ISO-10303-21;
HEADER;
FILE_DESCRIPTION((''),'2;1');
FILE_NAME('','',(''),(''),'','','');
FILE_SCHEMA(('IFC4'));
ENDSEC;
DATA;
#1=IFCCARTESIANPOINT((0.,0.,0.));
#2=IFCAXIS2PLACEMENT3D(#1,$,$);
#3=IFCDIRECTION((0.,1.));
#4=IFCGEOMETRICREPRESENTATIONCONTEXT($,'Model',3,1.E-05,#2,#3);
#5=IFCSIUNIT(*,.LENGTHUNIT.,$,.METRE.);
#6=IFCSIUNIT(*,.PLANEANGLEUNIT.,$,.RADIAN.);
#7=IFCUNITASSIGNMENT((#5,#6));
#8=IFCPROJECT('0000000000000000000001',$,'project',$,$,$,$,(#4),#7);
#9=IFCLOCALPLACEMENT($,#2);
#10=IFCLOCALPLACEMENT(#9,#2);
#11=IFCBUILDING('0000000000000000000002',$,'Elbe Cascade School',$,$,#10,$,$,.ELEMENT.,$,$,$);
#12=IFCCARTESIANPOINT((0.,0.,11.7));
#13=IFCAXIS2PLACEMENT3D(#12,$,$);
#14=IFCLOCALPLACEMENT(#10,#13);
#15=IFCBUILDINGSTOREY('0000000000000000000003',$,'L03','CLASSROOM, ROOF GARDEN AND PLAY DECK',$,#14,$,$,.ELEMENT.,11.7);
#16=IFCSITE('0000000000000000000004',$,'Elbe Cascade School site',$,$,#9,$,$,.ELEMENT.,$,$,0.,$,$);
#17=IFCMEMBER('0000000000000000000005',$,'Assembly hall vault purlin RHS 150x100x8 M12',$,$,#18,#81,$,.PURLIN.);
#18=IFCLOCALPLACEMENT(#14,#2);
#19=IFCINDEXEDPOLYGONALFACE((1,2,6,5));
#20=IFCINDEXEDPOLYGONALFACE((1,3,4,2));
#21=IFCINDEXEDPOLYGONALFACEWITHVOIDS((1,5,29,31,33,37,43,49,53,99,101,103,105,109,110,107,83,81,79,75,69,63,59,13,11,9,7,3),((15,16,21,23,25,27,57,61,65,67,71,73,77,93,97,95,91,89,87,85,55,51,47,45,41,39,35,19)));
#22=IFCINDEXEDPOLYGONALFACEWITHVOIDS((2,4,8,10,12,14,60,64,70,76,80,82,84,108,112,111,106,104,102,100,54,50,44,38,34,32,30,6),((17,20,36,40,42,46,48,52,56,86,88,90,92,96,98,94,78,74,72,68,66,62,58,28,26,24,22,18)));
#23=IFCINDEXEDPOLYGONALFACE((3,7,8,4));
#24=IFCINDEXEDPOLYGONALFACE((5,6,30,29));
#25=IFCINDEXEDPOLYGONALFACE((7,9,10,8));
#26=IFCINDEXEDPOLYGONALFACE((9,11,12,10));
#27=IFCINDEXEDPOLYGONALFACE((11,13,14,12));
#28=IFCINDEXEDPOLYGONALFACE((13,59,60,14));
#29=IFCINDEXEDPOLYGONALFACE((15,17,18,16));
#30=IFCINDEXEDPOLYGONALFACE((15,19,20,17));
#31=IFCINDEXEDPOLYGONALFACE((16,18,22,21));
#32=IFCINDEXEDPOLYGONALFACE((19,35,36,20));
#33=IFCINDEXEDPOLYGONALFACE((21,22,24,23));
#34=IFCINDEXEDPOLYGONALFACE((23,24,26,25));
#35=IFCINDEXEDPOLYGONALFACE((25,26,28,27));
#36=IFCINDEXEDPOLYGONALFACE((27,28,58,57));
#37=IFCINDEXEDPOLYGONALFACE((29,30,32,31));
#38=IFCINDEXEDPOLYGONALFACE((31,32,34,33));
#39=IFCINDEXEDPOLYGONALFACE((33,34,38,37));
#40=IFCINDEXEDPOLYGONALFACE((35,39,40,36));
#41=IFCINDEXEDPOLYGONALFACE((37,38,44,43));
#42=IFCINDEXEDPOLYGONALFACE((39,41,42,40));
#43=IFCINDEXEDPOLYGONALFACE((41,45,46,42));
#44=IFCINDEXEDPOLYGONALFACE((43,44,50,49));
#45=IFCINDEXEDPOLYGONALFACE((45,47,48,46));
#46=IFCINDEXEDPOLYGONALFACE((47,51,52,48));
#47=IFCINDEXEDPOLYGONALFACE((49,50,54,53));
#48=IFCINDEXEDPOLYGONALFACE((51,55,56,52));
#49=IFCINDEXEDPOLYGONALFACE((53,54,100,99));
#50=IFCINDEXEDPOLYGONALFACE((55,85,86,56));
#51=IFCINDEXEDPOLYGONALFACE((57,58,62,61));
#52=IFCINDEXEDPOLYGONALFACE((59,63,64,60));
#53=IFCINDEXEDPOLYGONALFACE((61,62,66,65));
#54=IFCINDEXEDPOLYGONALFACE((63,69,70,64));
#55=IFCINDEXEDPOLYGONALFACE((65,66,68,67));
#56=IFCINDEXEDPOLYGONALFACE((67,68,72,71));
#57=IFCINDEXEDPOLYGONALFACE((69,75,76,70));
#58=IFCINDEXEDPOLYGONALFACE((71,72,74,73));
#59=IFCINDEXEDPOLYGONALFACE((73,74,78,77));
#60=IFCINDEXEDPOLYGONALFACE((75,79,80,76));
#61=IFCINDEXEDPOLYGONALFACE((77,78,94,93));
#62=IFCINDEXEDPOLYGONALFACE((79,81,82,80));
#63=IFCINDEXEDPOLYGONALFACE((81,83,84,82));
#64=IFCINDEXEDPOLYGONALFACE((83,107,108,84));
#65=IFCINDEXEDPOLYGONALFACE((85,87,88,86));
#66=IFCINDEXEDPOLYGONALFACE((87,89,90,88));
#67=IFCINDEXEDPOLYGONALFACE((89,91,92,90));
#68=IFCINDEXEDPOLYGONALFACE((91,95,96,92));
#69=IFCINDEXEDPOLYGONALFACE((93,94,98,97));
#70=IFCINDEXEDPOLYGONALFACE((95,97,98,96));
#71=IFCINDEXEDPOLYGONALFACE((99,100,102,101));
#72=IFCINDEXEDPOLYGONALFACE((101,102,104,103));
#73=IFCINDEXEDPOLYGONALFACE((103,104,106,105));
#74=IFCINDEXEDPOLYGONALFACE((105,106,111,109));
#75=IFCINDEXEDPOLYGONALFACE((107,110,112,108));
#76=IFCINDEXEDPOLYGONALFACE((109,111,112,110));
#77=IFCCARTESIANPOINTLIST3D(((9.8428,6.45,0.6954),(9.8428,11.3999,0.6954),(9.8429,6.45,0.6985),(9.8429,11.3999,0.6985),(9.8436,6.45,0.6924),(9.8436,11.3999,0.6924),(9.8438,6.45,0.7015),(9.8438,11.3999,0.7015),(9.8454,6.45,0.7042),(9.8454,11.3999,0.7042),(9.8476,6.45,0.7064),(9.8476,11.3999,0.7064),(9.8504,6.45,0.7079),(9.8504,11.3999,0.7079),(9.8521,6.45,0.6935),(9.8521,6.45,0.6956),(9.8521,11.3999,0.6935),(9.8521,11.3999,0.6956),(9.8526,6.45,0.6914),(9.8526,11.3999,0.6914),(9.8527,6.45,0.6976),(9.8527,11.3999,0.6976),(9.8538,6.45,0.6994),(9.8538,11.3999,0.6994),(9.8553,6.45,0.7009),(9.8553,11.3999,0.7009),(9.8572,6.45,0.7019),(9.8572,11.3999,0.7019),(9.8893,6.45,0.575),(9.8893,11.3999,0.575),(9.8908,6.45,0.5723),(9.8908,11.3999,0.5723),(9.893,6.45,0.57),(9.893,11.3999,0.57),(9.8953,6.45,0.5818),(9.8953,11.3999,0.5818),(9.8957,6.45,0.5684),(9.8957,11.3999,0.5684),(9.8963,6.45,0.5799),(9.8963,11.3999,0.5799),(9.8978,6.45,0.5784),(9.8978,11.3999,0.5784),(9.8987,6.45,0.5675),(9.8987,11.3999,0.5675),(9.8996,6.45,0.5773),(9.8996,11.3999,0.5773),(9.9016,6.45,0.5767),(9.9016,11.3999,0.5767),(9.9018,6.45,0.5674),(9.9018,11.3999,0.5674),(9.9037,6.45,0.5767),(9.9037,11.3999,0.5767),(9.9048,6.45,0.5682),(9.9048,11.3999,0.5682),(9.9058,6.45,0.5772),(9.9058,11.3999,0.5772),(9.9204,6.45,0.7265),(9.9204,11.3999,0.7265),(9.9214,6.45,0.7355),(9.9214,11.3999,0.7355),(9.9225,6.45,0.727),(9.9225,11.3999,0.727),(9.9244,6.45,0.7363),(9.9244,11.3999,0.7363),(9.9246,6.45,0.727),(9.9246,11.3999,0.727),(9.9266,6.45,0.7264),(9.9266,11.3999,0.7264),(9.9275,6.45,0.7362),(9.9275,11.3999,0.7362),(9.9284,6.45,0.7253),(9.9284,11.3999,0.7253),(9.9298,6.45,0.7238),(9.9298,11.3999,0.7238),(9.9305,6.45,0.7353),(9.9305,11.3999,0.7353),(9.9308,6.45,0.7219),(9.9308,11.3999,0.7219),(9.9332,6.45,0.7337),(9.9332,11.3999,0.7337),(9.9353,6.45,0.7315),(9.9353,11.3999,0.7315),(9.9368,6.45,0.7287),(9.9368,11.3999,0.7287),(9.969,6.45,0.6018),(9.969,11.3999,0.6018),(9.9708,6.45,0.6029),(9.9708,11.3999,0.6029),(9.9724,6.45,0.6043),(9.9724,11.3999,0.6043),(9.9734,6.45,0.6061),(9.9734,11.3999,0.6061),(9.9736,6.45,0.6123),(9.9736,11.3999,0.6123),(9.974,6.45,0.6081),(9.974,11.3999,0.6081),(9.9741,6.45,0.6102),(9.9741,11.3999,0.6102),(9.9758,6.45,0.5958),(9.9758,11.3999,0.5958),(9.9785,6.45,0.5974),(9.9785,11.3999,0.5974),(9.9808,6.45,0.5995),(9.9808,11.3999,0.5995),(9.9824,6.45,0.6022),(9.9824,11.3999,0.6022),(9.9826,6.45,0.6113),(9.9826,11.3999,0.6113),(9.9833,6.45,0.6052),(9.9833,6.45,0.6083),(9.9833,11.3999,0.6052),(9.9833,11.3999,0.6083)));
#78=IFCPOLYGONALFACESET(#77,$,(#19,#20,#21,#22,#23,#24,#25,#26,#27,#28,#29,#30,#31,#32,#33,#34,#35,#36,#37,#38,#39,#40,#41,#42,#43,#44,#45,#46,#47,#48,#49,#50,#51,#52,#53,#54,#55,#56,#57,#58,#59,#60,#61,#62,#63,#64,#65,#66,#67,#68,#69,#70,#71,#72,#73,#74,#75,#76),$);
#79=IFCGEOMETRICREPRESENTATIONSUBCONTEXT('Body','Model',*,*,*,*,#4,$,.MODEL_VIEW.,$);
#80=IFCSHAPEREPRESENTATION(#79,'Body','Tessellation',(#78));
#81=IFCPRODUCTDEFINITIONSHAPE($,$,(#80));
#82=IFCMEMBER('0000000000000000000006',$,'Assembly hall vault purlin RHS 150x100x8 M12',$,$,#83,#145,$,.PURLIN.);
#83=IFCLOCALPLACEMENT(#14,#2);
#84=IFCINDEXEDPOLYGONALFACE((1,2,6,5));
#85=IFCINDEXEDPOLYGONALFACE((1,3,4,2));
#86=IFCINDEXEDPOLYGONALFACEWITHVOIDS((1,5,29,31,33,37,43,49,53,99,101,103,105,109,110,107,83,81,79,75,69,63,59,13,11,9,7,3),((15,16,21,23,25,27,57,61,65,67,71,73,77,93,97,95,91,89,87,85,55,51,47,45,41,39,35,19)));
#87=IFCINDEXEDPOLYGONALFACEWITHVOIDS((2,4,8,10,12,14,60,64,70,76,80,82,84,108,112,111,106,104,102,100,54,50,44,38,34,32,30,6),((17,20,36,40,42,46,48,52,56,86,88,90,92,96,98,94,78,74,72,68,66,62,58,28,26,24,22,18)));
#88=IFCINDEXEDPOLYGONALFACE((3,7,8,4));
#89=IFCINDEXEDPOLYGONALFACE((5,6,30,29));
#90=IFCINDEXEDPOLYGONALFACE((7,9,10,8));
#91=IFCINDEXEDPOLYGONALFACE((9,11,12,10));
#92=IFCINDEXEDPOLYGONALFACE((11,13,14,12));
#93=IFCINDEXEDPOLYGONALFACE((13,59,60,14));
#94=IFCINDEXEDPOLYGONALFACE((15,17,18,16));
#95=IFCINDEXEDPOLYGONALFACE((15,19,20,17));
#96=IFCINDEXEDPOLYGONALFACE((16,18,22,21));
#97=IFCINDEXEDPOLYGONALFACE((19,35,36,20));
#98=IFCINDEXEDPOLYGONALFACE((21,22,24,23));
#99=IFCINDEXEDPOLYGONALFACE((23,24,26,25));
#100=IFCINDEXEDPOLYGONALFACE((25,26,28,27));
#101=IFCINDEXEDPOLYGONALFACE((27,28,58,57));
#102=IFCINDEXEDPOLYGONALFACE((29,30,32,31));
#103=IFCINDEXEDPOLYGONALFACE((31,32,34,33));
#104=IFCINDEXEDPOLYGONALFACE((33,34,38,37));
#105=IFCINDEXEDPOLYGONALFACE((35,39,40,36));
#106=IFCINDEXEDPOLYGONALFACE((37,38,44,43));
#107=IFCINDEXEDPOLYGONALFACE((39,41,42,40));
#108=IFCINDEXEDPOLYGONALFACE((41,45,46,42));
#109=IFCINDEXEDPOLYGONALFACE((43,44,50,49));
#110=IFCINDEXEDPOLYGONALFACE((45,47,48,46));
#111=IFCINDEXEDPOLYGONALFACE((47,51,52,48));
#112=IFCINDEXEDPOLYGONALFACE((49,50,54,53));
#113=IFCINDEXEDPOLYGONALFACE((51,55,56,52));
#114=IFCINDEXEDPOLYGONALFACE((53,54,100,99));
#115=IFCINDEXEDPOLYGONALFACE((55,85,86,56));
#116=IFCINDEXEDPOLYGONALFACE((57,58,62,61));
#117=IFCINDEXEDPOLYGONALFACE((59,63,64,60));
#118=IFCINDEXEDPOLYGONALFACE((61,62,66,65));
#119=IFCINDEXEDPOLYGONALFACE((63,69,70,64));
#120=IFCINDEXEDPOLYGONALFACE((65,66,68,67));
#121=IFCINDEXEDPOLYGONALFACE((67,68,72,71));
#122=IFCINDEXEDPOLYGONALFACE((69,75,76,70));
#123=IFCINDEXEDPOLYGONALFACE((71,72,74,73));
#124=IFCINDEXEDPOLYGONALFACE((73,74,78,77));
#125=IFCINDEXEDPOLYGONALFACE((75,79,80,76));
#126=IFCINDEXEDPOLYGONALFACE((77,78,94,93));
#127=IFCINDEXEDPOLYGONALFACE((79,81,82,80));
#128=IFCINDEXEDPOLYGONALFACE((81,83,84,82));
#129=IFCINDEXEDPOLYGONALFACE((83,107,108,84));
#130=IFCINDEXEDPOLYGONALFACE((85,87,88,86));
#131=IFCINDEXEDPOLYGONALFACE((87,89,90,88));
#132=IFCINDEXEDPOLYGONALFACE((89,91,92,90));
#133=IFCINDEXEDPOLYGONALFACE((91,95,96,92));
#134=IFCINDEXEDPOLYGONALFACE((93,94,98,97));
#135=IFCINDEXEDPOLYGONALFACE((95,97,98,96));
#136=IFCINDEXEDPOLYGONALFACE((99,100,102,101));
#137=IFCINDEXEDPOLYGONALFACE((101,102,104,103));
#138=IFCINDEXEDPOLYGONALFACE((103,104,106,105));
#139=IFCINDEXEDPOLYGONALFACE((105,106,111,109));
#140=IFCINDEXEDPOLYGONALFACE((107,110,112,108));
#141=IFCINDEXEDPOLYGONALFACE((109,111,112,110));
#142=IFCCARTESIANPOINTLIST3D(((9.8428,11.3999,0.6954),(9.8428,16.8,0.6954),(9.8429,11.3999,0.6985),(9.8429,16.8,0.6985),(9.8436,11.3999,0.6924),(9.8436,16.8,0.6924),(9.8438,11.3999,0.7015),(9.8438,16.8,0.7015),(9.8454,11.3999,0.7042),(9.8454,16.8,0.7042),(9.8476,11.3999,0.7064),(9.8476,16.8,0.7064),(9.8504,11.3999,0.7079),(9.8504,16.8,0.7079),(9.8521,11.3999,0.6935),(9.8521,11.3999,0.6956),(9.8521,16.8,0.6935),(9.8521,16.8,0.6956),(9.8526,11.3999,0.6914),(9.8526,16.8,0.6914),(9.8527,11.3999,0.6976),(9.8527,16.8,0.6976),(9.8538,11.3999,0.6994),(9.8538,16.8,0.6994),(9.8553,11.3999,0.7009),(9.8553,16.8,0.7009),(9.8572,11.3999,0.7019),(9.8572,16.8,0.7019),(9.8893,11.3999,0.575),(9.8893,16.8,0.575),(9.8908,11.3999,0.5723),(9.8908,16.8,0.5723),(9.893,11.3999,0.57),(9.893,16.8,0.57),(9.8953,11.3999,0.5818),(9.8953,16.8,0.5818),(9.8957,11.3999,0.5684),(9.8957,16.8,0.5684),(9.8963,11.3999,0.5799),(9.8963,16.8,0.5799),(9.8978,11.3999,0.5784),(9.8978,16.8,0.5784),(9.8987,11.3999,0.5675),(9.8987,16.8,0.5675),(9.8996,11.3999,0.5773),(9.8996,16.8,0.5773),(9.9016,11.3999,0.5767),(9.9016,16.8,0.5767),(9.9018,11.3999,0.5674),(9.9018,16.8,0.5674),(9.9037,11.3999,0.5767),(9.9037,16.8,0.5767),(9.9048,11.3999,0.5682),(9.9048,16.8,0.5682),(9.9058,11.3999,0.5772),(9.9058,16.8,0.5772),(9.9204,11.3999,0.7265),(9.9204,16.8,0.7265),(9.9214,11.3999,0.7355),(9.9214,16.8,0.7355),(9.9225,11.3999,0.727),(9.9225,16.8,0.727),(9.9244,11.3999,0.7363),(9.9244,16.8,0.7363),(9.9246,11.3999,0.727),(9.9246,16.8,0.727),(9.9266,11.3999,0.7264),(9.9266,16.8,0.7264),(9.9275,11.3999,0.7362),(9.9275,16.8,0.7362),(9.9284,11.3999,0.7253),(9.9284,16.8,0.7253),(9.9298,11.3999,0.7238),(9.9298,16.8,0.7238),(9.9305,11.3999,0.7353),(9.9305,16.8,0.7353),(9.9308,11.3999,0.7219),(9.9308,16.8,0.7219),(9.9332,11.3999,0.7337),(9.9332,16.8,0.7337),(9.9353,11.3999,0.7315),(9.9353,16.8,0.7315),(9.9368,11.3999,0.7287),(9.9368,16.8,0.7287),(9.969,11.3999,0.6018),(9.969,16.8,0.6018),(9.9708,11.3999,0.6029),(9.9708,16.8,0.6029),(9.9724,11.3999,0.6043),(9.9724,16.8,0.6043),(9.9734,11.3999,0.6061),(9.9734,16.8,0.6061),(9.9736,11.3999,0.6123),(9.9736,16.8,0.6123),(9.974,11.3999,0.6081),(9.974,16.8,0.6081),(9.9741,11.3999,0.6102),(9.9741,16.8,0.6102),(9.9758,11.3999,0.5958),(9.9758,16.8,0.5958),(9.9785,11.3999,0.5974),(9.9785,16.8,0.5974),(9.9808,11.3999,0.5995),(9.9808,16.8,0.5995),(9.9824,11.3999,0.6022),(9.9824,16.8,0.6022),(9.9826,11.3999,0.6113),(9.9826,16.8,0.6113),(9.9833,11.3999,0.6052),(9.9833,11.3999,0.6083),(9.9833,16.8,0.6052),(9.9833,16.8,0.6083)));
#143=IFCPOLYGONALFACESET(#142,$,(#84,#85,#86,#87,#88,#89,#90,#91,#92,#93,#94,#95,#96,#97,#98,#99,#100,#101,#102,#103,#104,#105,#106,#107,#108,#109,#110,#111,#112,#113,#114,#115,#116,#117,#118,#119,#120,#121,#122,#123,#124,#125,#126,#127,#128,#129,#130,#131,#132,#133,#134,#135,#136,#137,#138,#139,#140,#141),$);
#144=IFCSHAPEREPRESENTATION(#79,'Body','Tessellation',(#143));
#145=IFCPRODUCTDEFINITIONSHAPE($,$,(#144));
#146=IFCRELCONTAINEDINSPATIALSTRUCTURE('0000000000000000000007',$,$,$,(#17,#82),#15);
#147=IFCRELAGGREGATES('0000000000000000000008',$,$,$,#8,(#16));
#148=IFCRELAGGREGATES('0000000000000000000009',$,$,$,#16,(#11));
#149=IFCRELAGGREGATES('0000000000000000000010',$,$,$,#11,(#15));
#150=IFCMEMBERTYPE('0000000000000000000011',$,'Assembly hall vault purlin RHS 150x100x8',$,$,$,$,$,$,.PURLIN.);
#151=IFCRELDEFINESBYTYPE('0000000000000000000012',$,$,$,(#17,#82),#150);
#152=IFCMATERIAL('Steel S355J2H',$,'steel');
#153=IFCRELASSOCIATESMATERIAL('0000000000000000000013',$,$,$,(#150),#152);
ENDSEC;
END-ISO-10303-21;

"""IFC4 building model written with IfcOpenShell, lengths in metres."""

from ifc_helpers import new_model, si_unit, direction, frame, origin, origin_2d, place, context, subcontext, project, spatial, hollow_rectangle, extrude, material, material_profile, profile_set, type_object, element, save


model = new_model("IFC4")

# Units and contexts
model_context = context("Model", 3, precision=1e-05, world=origin(), true_north=direction((0.0, 1.0)))
body_context = subcontext(model_context, "Body", "Model", "MODEL_VIEW")
ifc_project = project(units=[si_unit("LENGTHUNIT", "METRE"), si_unit("PLANEANGLEUNIT", "RADIAN")], contexts=[model_context])

# Site, building, storey
site_placement = place(None, origin())
site = spatial("IfcSite", under=ifc_project, at=site_placement, Name="Elbe Cascade School site", CompositionType="ELEMENT", RefElevation=0.0)
building_placement = place(site_placement, origin())
building = spatial("IfcBuilding", under=site, at=building_placement, Name="Elbe Cascade School", CompositionType="ELEMENT")
storey_placement = place(building_placement, frame((0.0, 0.0, 11.7)))
storey = spatial("IfcBuildingStorey", under=building, at=storey_placement, Name="L03", Description="CLASSROOM, ROOF GARDEN AND PLAY DECK", CompositionType="ELEMENT", Elevation=11.7)

# Members
ifc_material_1 = material(Name="Steel S355J2H", Category="steel")
ifc_material_profile_1 = material_profile(ifc_material_1, hollow_rectangle(XDim=0.1001, YDim=0.1499, WallThickness=0.0081, InnerFilletRadius=0.0081, OuterFilletRadius=0.012, at=origin_2d()), Name="RHS 150x100x8")
ifc_profile_set_1 = profile_set([ifc_material_profile_1], Name="Steel S355J2H")
member_type_1 = type_object("IfcMemberType", Name="Assembly hall vault purlin RHS 150x100x8", PredefinedType="PURLIN", material=ifc_profile_set_1)
member_1_placement = place(storey_placement, frame((9.9131, 6.45, 0.6519), z_axis=(0.0, 1.0, 0.0), x_axis=(-0.93176, 0.0, -0.363076)))
element("IfcMember", 1, at=member_1_placement, inside=storey, type_object=member_type_1, Name="Assembly hall vault purlin RHS 150x100x8 M12", PredefinedType="PURLIN", context=body_context, shape_type="SweptSolid", body=[
    extrude(hollow_rectangle(XDim=0.1001, YDim=0.1499, WallThickness=0.0081, InnerFilletRadius=0.0081, OuterFilletRadius=0.012, at=origin_2d()), origin(), (0.0, 0.0, 1.0), 4.95),
])
member_2_placement = place(storey_placement, frame((9.9131, 11.3999, 0.6519), z_axis=(0.0, 1.0, 0.0), x_axis=(-0.93176, 0.0, -0.363076)))
element("IfcMember", 2, at=member_2_placement, inside=storey, type_object=member_type_1, Name="Assembly hall vault purlin RHS 150x100x8 M12", PredefinedType="PURLIN", context=body_context, shape_type="SweptSolid", body=[
    extrude(hollow_rectangle(XDim=0.1001, YDim=0.1499, WallThickness=0.0081, InnerFilletRadius=0.0081, OuterFilletRadius=0.012, at=origin_2d()), origin(), (0.0, 0.0, 1.0), 5.4001),
])

save(model, "model.ifc")
